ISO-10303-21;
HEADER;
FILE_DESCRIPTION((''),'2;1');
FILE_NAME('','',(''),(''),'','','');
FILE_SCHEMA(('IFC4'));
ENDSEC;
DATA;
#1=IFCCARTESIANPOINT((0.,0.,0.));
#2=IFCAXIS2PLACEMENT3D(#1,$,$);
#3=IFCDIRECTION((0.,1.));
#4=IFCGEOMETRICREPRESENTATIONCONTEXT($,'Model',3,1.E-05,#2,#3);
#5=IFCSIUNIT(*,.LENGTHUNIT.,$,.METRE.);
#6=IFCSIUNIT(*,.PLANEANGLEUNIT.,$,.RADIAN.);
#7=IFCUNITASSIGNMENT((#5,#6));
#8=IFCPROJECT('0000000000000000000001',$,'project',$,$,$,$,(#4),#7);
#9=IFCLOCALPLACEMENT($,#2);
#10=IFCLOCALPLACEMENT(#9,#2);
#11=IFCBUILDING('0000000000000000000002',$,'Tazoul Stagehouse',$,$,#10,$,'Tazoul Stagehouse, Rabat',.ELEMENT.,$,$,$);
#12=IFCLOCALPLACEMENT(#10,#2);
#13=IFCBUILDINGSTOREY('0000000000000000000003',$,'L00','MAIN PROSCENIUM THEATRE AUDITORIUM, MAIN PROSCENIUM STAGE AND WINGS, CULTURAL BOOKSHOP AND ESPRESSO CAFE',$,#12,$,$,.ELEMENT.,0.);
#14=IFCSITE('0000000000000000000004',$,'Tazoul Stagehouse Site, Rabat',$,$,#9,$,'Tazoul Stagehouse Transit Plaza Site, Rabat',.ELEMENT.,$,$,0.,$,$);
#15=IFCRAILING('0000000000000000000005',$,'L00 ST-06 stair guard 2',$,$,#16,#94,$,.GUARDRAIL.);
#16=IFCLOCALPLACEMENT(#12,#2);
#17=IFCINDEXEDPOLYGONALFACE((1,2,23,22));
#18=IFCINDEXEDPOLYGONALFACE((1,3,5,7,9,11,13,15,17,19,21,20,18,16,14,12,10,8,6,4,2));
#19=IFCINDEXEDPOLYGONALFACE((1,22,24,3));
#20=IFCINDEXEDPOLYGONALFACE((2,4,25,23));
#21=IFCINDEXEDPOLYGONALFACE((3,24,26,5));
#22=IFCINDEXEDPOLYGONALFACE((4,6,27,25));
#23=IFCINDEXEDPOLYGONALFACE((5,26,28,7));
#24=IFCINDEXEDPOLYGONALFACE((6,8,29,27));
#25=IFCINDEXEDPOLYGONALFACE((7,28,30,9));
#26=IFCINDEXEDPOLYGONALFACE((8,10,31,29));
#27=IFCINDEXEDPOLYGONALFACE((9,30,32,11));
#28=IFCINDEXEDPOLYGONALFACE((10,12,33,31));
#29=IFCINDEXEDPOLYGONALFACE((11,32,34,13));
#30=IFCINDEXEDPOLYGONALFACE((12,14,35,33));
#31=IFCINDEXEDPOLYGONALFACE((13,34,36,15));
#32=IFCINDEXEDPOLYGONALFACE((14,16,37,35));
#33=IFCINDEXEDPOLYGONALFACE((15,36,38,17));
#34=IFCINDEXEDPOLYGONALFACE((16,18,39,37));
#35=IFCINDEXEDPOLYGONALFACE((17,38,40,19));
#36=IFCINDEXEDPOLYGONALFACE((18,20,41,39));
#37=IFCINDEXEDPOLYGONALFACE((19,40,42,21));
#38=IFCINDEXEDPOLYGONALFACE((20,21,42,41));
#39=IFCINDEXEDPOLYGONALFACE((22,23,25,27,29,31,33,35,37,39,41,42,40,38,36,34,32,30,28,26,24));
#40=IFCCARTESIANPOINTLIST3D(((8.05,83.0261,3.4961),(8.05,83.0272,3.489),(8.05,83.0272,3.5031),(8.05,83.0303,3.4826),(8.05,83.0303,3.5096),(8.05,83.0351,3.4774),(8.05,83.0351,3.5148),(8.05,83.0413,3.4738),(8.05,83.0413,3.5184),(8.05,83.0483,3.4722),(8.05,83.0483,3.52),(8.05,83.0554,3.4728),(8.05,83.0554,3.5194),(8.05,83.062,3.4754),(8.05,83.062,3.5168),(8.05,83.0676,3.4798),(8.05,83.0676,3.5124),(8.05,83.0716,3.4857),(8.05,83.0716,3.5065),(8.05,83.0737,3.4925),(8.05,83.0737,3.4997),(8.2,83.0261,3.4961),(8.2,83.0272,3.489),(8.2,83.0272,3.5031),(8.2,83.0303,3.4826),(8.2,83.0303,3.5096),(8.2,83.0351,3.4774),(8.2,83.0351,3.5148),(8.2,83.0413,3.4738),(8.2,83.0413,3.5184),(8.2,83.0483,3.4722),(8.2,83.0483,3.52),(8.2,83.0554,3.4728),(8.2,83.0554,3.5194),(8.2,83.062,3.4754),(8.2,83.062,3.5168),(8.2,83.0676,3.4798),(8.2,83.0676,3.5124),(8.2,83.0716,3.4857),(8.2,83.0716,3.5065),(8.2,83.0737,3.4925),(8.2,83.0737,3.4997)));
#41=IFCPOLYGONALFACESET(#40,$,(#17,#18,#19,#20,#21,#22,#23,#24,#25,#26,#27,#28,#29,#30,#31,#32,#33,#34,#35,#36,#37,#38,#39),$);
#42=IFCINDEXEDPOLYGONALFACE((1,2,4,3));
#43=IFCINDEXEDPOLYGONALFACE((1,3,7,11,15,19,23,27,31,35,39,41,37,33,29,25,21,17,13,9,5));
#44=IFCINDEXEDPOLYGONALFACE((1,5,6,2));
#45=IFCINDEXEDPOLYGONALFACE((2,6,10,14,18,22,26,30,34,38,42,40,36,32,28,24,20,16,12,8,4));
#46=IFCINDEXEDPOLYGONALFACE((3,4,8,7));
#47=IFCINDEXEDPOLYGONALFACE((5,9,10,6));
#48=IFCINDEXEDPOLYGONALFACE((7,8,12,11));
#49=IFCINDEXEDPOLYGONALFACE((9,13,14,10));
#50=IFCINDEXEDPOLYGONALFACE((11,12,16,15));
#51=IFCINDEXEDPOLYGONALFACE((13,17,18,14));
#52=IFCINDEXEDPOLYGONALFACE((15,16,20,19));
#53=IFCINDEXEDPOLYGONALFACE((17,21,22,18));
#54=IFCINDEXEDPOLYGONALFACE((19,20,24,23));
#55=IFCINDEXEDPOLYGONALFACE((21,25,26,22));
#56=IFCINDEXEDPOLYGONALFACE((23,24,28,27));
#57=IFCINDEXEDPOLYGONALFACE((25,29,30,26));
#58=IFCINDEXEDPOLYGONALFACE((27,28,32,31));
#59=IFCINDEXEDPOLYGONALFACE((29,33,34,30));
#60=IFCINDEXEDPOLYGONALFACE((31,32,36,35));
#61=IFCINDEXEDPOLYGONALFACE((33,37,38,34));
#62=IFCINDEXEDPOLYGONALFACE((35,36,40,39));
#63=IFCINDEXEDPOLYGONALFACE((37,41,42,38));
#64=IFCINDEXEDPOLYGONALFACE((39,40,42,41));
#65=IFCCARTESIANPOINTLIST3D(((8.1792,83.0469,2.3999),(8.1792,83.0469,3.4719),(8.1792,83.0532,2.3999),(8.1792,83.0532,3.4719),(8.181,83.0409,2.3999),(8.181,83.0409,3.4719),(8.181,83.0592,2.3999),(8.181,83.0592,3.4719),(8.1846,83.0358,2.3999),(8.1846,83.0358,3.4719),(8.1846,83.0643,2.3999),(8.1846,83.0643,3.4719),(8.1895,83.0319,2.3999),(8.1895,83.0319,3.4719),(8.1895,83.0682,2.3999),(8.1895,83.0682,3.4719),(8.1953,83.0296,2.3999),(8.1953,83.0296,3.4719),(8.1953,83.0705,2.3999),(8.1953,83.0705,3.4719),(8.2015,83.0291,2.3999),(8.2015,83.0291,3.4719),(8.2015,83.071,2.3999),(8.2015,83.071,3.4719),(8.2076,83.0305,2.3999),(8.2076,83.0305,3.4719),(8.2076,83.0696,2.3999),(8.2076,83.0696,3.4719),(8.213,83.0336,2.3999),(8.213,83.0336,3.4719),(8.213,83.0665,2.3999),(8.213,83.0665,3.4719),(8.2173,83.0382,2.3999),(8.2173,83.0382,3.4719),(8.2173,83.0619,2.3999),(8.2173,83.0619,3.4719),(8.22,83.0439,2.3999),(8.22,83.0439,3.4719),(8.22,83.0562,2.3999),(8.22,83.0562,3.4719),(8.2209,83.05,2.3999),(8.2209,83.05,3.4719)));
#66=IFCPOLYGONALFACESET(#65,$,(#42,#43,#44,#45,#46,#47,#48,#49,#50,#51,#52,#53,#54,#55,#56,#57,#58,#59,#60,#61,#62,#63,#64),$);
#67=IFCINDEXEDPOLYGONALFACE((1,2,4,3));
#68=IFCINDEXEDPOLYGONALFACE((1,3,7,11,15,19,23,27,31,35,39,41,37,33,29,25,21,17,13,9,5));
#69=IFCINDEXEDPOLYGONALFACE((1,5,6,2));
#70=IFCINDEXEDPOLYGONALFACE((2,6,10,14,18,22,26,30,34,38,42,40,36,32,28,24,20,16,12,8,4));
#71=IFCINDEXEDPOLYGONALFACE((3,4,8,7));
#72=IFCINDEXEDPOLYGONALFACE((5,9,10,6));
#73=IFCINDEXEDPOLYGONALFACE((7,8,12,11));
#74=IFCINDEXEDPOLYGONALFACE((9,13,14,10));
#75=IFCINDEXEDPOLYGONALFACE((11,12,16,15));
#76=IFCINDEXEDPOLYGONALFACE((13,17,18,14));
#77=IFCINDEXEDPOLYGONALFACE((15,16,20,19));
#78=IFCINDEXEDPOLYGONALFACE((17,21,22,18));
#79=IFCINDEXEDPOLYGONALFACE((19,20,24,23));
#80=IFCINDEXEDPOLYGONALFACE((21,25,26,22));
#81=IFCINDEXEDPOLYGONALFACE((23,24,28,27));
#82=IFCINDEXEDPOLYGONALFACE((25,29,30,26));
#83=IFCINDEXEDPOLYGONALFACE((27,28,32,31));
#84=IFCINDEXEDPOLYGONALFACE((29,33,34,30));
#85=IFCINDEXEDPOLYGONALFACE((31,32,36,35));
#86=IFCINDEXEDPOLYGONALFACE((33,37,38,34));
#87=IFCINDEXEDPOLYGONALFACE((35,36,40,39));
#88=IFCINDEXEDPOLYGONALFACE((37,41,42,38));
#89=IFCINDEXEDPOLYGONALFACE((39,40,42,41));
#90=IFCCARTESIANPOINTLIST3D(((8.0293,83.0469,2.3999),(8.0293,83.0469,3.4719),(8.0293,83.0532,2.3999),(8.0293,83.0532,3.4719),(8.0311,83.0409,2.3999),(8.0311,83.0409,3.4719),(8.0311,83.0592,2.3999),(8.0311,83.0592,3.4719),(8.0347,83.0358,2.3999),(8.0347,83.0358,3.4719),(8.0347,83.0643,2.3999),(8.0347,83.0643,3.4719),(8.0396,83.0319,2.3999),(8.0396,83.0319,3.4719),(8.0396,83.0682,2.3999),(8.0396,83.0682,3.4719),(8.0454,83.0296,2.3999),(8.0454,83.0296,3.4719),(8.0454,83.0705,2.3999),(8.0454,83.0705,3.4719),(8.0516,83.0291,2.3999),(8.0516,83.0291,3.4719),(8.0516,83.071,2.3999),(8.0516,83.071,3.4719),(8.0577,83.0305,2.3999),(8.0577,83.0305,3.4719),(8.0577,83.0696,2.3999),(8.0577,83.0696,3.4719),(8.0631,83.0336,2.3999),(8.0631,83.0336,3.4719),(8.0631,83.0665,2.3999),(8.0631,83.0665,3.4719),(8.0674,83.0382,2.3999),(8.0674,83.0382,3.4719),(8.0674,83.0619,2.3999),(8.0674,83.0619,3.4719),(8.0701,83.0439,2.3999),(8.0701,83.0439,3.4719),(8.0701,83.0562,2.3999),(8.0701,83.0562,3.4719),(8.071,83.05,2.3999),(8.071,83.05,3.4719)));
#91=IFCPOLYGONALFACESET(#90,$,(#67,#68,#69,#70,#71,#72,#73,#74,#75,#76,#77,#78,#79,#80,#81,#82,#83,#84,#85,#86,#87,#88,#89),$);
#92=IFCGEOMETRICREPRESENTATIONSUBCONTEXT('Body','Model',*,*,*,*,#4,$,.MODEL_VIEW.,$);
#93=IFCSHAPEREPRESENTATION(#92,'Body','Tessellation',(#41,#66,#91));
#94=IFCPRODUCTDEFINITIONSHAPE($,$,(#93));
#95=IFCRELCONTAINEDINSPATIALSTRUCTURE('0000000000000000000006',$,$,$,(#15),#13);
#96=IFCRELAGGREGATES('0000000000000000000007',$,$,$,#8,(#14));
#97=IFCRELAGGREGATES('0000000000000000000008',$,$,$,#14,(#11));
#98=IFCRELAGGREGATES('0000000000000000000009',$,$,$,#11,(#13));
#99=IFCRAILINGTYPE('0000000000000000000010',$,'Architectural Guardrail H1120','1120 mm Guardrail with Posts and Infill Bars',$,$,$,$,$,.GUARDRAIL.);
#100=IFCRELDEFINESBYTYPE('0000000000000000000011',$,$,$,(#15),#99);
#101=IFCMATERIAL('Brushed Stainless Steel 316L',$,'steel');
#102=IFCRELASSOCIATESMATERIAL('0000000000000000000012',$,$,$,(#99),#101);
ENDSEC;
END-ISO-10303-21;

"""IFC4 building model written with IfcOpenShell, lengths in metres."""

from ifc_helpers import new_model, si_unit, direction, frame, origin, origin_2d, place, context, subcontext, project, spatial, circle, extrude, material, material_profile, profile_set, type_object, element, save


model = new_model("IFC4")

# Units and contexts
model_context = context("Model", 3, precision=1e-05, world=origin(), true_north=direction((0.0, 1.0)))
body_context = subcontext(model_context, "Body", "Model", "MODEL_VIEW")
ifc_project = project(units=[si_unit("LENGTHUNIT", "METRE"), si_unit("PLANEANGLEUNIT", "RADIAN")], contexts=[model_context])

# Site, building, storey
site_placement = place(None, origin())
site = spatial("IfcSite", under=ifc_project, at=site_placement, Name="Tazoul Stagehouse Site, Rabat", LongName="Tazoul Stagehouse Transit Plaza Site, Rabat", CompositionType="ELEMENT", RefElevation=0.0)
building_placement = place(site_placement, origin())
building = spatial("IfcBuilding", under=site, at=building_placement, Name="Tazoul Stagehouse", LongName="Tazoul Stagehouse, Rabat", CompositionType="ELEMENT")
storey_placement = place(building_placement, origin())
storey = spatial("IfcBuildingStorey", under=building, at=storey_placement, Name="L00", Description="MAIN PROSCENIUM THEATRE AUDITORIUM, MAIN PROSCENIUM STAGE AND WINGS, CULTURAL BOOKSHOP AND ESPRESSO CAFE", CompositionType="ELEMENT", Elevation=0.0)

# Railing
ifc_material_1 = material(Name="Brushed Stainless Steel 316L", Category="steel")
ifc_material_profile_1 = material_profile(ifc_material_1, circle(Radius=0.0239, at=origin_2d()), Name="SS RAIL D48")
ifc_profile_set_1 = profile_set([ifc_material_profile_1], Name="Brushed Stainless Steel 316L")
railing_type_1 = type_object("IfcRailingType", Name="Architectural Guardrail H1120", Description="1120 mm Guardrail with Posts and Infill Bars", PredefinedType="GUARDRAIL", material=ifc_profile_set_1)
railing_1_placement = place(storey_placement, frame((8.2, 83.05, 2.3999)))
element("IfcRailing", 1, at=railing_1_placement, inside=storey, type_object=railing_type_1, Name="L00 ST-06 stair guard 2", PredefinedType="GUARDRAIL", context=body_context, shape_type="SweptSolid", body=[
    extrude(circle(Radius=0.0239, at=origin_2d()), frame((0.0, 0.0, 1.0962), z_axis=(-1.0, 0.0, 0.0), x_axis=(0.0, -1.0, 0.0)), (0.0, 0.0, 1.0), 0.1499),
    extrude(circle(Radius=0.021, at=origin_2d()), origin(), (0.0, 0.0, 1.0), 1.072),
    extrude(circle(Radius=0.021, at=origin_2d()), frame((-0.1499, 0.0, 0.0)), (0.0, 0.0, 1.0), 1.072),
])

save(model, "model.ifc")
